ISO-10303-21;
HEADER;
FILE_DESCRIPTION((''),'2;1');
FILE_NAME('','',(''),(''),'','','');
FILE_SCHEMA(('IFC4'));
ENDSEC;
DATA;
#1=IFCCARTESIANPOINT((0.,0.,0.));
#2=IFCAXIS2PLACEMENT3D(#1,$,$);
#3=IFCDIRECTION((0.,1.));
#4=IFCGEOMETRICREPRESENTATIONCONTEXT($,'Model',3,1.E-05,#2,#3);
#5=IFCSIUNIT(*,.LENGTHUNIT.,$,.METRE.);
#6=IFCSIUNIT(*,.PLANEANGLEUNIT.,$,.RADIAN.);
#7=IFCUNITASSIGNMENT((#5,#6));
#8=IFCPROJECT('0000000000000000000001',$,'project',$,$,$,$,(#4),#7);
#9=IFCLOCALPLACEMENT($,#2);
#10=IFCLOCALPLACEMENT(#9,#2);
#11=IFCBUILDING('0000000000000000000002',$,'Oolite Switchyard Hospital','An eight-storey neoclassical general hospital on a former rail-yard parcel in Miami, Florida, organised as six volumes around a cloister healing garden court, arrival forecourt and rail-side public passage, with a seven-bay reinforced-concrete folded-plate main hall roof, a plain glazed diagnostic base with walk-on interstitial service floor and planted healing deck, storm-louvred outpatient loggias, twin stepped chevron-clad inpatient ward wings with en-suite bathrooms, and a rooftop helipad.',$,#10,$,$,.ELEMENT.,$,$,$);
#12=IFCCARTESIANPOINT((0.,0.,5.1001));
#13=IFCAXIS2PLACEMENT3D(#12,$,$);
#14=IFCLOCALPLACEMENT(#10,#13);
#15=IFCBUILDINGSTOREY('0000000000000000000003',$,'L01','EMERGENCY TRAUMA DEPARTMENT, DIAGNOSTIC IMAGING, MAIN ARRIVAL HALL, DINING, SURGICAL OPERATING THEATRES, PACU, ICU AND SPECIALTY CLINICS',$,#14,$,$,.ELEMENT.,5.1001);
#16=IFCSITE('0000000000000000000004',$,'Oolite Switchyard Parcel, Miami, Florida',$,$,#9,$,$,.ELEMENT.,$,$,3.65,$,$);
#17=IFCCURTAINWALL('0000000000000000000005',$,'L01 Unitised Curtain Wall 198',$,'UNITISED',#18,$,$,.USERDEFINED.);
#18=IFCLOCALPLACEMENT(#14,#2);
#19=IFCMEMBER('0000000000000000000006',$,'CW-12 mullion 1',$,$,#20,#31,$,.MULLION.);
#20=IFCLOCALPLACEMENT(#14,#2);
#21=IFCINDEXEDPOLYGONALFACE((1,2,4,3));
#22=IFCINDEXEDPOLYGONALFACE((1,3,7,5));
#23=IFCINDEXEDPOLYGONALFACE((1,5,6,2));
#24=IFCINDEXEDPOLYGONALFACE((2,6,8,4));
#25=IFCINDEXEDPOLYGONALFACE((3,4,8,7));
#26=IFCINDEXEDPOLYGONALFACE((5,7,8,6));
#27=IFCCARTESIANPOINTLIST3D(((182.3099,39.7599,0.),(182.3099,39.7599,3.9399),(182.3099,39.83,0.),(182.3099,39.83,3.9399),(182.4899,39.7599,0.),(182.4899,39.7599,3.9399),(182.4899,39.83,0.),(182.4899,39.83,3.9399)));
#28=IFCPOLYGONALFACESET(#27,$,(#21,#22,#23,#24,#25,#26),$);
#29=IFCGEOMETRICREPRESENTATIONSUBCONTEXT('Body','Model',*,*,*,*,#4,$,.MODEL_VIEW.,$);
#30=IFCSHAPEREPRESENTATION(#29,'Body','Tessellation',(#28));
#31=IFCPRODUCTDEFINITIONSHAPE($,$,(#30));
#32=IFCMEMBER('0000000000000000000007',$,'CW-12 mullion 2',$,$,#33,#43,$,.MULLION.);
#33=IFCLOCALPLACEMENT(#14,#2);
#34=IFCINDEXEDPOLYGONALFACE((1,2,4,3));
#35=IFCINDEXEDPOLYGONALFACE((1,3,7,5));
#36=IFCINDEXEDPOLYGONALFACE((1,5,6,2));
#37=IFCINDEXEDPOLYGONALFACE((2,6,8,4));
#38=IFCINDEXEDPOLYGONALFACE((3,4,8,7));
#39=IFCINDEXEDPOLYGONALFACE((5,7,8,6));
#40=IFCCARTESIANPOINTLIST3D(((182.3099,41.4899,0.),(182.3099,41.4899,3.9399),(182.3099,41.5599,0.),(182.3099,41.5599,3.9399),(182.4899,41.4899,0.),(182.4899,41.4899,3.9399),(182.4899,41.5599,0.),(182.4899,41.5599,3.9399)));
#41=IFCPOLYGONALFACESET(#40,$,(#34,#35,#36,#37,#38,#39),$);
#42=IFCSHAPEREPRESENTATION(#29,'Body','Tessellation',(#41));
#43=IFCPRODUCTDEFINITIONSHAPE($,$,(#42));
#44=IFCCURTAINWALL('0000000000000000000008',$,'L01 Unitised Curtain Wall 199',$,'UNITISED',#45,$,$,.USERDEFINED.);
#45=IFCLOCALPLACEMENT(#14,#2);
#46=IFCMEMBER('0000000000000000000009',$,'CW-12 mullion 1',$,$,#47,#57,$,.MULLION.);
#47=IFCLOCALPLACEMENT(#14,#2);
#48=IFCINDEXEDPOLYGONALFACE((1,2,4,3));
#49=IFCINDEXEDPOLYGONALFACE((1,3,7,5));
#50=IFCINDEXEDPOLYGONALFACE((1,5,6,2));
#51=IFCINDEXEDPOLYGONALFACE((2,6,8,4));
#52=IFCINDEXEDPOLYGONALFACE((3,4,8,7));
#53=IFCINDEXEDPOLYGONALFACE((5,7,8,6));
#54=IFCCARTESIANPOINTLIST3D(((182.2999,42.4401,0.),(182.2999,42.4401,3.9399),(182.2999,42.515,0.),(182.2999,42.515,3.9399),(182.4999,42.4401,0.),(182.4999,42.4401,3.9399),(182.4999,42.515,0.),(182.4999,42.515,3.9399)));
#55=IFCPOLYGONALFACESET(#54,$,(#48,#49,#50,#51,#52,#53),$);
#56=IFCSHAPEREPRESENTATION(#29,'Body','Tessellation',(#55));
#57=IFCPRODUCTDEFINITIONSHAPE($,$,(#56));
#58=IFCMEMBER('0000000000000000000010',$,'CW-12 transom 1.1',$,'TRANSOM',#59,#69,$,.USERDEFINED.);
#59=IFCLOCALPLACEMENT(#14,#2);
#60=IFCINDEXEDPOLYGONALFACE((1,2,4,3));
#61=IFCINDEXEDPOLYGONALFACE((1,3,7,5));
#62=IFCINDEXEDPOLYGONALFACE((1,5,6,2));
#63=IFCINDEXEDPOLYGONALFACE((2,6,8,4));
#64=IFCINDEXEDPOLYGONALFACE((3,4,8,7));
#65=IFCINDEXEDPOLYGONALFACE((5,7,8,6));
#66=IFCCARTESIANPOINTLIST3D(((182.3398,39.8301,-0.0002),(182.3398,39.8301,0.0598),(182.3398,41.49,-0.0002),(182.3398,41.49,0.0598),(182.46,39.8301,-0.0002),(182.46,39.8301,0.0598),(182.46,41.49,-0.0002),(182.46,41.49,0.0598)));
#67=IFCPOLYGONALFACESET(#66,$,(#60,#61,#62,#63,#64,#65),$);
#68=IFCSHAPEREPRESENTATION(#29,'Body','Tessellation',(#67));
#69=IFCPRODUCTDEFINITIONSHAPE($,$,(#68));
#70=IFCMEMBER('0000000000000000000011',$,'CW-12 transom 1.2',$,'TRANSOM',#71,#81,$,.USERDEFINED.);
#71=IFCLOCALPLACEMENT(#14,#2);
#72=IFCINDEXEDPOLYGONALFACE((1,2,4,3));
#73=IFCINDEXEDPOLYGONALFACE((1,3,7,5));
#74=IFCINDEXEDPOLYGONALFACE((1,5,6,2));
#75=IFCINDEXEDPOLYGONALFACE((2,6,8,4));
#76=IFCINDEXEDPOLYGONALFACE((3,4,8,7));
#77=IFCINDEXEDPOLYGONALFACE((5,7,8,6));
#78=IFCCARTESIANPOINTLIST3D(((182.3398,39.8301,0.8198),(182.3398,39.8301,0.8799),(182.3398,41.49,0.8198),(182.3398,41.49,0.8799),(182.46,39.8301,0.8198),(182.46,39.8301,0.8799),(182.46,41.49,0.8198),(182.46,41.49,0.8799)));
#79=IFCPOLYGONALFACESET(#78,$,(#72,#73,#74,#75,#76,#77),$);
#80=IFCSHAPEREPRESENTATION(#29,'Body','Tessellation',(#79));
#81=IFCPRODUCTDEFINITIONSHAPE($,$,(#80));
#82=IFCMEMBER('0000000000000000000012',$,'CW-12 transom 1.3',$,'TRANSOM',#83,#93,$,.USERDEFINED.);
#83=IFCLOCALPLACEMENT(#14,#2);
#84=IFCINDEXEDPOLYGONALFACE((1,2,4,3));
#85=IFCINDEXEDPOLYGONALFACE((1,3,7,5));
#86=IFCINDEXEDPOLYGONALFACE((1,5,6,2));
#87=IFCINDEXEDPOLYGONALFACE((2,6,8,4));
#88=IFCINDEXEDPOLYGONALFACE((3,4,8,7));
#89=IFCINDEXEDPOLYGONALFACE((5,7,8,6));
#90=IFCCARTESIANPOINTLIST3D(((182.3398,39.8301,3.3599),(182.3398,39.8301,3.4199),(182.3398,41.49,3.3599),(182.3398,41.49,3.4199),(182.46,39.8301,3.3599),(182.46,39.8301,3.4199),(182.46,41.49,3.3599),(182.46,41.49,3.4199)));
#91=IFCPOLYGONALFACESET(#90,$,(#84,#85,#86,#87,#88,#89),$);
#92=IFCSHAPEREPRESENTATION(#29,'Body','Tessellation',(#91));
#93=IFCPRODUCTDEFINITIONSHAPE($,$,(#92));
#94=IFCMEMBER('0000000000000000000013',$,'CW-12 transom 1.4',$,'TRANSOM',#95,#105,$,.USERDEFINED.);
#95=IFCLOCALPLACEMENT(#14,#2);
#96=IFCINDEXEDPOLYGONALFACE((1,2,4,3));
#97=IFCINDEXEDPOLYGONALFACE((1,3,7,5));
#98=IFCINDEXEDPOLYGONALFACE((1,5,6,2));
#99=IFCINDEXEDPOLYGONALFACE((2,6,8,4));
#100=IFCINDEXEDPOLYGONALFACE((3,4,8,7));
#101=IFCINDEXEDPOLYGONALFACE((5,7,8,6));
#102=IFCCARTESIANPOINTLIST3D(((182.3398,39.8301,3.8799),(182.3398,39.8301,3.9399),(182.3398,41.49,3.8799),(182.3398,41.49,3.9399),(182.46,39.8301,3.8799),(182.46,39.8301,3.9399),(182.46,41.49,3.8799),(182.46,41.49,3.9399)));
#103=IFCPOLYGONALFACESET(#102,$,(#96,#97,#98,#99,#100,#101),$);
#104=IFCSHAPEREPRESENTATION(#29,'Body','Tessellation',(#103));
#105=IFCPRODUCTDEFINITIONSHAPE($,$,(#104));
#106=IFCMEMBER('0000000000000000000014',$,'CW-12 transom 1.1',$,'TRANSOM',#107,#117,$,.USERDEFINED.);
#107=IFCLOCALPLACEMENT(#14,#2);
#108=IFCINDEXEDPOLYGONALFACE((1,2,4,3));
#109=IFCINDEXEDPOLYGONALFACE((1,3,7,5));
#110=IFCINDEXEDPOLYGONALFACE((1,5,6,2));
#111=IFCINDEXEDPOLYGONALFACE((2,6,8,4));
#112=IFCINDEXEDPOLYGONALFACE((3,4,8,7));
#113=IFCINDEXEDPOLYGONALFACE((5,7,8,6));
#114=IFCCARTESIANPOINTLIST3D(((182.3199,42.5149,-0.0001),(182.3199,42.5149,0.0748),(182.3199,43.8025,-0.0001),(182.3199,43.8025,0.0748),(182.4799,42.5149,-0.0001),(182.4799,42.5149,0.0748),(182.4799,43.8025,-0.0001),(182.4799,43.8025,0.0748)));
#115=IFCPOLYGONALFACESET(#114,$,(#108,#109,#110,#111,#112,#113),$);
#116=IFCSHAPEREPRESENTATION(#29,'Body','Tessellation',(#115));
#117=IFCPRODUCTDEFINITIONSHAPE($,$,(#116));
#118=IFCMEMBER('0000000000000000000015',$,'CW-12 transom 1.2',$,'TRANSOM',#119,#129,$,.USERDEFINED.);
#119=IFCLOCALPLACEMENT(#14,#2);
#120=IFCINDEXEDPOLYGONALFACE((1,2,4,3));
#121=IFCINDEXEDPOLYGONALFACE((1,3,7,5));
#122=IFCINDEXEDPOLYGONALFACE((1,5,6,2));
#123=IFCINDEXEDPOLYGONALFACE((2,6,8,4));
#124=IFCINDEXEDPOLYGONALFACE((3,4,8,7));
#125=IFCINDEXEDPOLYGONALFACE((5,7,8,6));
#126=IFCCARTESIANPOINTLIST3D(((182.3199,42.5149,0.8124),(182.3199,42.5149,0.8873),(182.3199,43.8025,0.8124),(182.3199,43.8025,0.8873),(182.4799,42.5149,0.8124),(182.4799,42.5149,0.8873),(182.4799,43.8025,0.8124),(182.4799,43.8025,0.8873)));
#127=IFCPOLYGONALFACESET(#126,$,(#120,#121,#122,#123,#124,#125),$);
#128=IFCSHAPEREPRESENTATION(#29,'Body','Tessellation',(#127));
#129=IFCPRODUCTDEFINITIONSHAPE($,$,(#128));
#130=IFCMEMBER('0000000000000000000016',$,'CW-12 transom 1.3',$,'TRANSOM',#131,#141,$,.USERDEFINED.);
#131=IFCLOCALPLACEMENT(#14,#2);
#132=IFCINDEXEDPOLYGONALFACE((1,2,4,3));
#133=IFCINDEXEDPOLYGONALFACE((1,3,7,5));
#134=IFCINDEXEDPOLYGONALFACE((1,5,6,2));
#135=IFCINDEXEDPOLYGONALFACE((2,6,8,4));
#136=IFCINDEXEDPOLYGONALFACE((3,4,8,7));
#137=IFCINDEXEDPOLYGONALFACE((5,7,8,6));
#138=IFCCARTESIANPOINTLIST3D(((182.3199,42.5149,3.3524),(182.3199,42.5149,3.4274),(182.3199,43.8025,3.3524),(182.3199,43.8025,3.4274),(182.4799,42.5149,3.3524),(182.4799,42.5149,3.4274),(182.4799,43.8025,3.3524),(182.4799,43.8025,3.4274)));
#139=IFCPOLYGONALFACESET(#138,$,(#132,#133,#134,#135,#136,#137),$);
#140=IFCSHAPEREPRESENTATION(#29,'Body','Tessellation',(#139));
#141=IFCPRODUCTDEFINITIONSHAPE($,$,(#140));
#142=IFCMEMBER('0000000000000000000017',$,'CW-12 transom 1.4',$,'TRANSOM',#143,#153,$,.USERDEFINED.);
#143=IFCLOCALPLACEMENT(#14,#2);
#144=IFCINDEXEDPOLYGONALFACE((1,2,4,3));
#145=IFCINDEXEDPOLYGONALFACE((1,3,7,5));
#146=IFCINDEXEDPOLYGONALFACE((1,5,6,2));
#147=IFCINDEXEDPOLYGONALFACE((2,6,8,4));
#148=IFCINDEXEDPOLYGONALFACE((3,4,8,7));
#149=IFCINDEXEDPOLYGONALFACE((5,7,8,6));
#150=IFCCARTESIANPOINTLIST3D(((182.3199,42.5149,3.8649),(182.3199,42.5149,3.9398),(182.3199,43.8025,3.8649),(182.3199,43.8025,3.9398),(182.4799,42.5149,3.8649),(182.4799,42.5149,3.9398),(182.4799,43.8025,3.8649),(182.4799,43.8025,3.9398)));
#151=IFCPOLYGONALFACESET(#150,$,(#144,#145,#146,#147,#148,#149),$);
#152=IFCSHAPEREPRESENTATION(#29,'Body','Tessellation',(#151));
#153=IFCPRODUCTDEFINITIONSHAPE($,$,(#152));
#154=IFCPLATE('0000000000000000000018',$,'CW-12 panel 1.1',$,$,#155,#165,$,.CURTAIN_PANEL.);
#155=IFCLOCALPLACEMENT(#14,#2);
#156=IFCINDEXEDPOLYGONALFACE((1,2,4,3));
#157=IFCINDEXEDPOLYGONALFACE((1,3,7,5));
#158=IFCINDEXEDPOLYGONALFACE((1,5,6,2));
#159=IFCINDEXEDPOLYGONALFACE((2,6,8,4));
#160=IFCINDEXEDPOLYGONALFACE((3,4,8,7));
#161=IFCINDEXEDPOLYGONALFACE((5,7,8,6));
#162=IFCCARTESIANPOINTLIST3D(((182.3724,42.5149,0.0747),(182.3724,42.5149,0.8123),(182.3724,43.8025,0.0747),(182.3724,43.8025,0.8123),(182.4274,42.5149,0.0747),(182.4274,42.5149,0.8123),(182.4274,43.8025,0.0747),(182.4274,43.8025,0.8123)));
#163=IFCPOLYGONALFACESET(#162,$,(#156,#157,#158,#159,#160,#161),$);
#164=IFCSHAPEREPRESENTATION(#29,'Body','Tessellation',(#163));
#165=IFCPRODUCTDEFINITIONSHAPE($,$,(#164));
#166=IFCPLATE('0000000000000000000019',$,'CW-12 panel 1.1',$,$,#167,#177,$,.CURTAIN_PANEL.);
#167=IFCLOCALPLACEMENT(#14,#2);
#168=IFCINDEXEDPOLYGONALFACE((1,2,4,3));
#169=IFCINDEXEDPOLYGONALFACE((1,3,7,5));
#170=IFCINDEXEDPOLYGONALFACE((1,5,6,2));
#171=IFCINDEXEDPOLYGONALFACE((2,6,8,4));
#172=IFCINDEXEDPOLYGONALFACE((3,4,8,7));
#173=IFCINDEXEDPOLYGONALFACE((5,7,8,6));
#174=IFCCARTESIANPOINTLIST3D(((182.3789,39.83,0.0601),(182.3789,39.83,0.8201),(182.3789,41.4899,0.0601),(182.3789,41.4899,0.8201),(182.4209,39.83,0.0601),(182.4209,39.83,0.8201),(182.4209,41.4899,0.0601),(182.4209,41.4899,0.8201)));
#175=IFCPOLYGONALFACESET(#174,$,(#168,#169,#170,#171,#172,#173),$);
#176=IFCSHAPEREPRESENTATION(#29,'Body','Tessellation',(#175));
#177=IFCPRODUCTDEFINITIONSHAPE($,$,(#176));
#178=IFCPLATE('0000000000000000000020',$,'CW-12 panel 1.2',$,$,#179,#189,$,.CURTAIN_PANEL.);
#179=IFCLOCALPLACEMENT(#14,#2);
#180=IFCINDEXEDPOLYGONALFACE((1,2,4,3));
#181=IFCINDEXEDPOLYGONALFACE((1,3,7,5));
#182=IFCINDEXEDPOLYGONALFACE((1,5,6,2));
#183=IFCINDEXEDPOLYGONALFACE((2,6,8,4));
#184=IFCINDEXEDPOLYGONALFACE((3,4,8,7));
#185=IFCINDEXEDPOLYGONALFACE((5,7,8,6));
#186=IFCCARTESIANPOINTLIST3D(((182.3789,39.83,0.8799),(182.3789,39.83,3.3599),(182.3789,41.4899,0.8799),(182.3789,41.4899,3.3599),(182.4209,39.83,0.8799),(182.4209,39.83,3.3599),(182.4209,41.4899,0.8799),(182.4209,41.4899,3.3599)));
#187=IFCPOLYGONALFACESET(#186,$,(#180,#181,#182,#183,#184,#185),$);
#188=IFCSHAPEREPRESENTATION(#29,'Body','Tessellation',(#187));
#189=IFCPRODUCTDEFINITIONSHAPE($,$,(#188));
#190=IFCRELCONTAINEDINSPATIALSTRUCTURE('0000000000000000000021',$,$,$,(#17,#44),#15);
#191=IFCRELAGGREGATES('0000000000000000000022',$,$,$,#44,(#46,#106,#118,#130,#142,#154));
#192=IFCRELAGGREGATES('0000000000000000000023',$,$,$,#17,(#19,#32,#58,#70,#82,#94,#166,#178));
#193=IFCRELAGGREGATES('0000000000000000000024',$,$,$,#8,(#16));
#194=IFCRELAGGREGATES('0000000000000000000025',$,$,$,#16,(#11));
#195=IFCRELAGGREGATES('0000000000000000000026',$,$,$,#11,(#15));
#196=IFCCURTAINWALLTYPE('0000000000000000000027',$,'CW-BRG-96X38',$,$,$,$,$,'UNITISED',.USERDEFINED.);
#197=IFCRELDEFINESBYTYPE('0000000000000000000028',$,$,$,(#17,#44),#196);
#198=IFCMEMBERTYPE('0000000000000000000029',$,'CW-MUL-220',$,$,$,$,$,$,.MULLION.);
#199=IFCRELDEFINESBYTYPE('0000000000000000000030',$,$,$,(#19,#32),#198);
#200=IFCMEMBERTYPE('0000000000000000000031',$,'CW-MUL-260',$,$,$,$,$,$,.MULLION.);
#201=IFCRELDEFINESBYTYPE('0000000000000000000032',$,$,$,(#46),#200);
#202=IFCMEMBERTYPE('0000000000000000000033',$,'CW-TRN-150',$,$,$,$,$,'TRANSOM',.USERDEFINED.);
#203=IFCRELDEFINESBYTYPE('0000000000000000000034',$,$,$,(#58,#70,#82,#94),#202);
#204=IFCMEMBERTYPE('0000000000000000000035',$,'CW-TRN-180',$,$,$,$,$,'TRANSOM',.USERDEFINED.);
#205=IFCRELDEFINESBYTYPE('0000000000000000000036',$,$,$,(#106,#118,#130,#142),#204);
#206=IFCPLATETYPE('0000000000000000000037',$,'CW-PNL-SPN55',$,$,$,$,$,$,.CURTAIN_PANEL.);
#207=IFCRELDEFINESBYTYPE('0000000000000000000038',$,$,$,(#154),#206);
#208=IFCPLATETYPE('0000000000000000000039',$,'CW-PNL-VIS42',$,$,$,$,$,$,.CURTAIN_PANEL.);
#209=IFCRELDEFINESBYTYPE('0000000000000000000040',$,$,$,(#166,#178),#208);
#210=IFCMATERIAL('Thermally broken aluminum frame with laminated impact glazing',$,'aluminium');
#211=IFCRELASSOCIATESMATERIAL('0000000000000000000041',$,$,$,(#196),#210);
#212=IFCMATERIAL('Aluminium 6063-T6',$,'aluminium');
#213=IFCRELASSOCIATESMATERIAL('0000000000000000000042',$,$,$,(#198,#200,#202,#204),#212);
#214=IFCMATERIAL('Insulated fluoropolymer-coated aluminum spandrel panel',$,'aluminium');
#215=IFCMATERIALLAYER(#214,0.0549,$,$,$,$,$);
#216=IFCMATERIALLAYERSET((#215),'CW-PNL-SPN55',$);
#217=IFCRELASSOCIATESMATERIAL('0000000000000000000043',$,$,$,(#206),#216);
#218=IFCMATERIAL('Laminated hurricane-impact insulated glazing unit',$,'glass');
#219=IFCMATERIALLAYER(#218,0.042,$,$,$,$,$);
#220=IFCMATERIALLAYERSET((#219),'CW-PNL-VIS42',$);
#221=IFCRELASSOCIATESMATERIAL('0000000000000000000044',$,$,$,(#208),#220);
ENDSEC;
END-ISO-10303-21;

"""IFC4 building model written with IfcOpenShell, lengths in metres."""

from ifc_helpers import new_model, si_unit, direction, frame, origin, origin_2d, place, context, subcontext, project, spatial, rectangle, extrude, material, layer, layer_set, material_profile, profile_set, type_object, element, aggregate, save


model = new_model("IFC4")

# Units and contexts
model_context = context("Model", 3, precision=1e-05, world=origin(), true_north=direction((0.0, 1.0)))
body_context = subcontext(model_context, "Body", "Model", "MODEL_VIEW")
ifc_project = project(units=[si_unit("LENGTHUNIT", "METRE"), si_unit("PLANEANGLEUNIT", "RADIAN")], contexts=[model_context])

# Site, building, storey
site_placement = place(None, origin())
site = spatial("IfcSite", under=ifc_project, at=site_placement, Name="Oolite Switchyard Parcel, Miami, Florida", CompositionType="ELEMENT", RefElevation=3.65)
building_placement = place(site_placement, origin())
building = spatial("IfcBuilding", under=site, at=building_placement, Name="Oolite Switchyard Hospital", Description="An eight-storey neoclassical general hospital on a former rail-yard parcel in Miami, Florida, organised as six volumes around a cloister healing garden court, arrival forecourt and rail-side public passage, with a seven-bay reinforced-concrete folded-plate main hall roof, a plain glazed diagnostic base with walk-on interstitial service floor and planted healing deck, storm-louvred outpatient loggias, twin stepped chevron-clad inpatient ward wings with en-suite bathrooms, and a rooftop helipad.", CompositionType="ELEMENT")
storey_placement = place(building_placement, frame((0.0, 0.0, 5.1001)))
storey = spatial("IfcBuildingStorey", under=building, at=storey_placement, Name="L01", Description="EMERGENCY TRAUMA DEPARTMENT, DIAGNOSTIC IMAGING, MAIN ARRIVAL HALL, DINING, SURGICAL OPERATING THEATRES, PACU, ICU AND SPECIALTY CLINICS", CompositionType="ELEMENT", Elevation=5.1001)

# Curtain wall, members
ifc_material_1 = material(Name="Thermally broken aluminum frame with laminated impact glazing", Category="aluminium")
curtain_wall_type = type_object("IfcCurtainWallType", Name="CW-BRG-96X38", ElementType="UNITISED", PredefinedType="USERDEFINED", material=ifc_material_1)
curtain_wall_1_placement = place(storey_placement, origin())
curtain_wall_1 = element("IfcCurtainWall", 1, at=curtain_wall_1_placement, inside=storey, type_object=curtain_wall_type, Name="L01 Unitised Curtain Wall 198", ObjectType="UNITISED", PredefinedType="USERDEFINED")
ifc_material_2 = material(Name="Aluminium 6063-T6", Category="aluminium")
ifc_material_profile_1 = material_profile(ifc_material_2, rectangle(XDim=0.1799, YDim=0.0701, at=origin_2d()), Name="CWM70X180")
ifc_profile_set_1 = profile_set([ifc_material_profile_1], Name="Aluminium 6063-T6")
member_type_1 = type_object("IfcMemberType", Name="CW-MUL-220", PredefinedType="MULLION", material=ifc_profile_set_1)
member_1_placement = place(storey_placement, frame((182.3999, 39.7949, 0.0), z_axis=(0.0, 0.0, 1.0), x_axis=(-1.0, 0.0, 0.0)))
member_1 = element("IfcMember", 2, at=member_1_placement, type_object=member_type_1, Name="CW-12 mullion 1", PredefinedType="MULLION", context=body_context, shape_type="SweptSolid", body=[
    extrude(rectangle(XDim=0.1799, YDim=0.0701, at=origin_2d()), origin(), (0.0, 0.0, 1.0), 3.9399),
])
member_2_placement = place(storey_placement, frame((182.3999, 41.5249, 0.0), z_axis=(0.0, 0.0, 1.0), x_axis=(-1.0, 0.0, 0.0)))
member_2 = element("IfcMember", 3, at=member_2_placement, type_object=member_type_1, Name="CW-12 mullion 2", PredefinedType="MULLION", context=body_context, shape_type="SweptSolid", body=[
    extrude(rectangle(XDim=0.1799, YDim=0.0701, at=origin_2d()), origin(), (0.0, 0.0, 1.0), 3.9399),
])

# Curtain wall, member
curtain_wall_2_placement = place(storey_placement, origin())
curtain_wall_2 = element("IfcCurtainWall", 4, at=curtain_wall_2_placement, inside=storey, type_object=curtain_wall_type, Name="L01 Unitised Curtain Wall 199", ObjectType="UNITISED", PredefinedType="USERDEFINED")
ifc_material_profile_2 = material_profile(ifc_material_2, rectangle(XDim=0.2, YDim=0.075, at=origin_2d()), Name="CWM75X200")
ifc_profile_set_2 = profile_set([ifc_material_profile_2], Name="Aluminium 6063-T6")
member_type_2 = type_object("IfcMemberType", Name="CW-MUL-260", PredefinedType="MULLION", material=ifc_profile_set_2)
member_3_placement = place(storey_placement, frame((182.3999, 42.4775, 0.0), z_axis=(0.0, 0.0, 1.0), x_axis=(-1.0, 0.0, 0.0)))
member_3 = element("IfcMember", 5, at=member_3_placement, type_object=member_type_2, Name="CW-12 mullion 1", PredefinedType="MULLION", context=body_context, shape_type="SweptSolid", body=[
    extrude(rectangle(XDim=0.2, YDim=0.075, at=origin_2d()), origin(), (0.0, 0.0, 1.0), 3.9399),
])

# Members
ifc_material_profile_3 = material_profile(ifc_material_2, rectangle(XDim=0.1201, YDim=0.0601, at=origin_2d()), Name="CWT60X120")
ifc_profile_set_3 = profile_set([ifc_material_profile_3], Name="Aluminium 6063-T6")
member_type_3 = type_object("IfcMemberType", Name="CW-TRN-150", ElementType="TRANSOM", PredefinedType="USERDEFINED", material=ifc_profile_set_3)
member_4_placement = place(storey_placement, frame((182.3999, 39.8301, 0.0298), z_axis=(0.0, 1.0, 0.0), x_axis=(-1.0, 0.0, 0.0)))
member_4 = element("IfcMember", 6, at=member_4_placement, type_object=member_type_3, Name="CW-12 transom 1.1", ObjectType="TRANSOM", PredefinedType="USERDEFINED", context=body_context, shape_type="SweptSolid", body=[
    extrude(rectangle(XDim=0.1201, YDim=0.0601, at=origin_2d()), origin(), (0.0, 0.0, 1.0), 1.6599),
])
member_5_placement = place(storey_placement, frame((182.3999, 39.8301, 0.8499), z_axis=(0.0, 1.0, 0.0), x_axis=(-1.0, 0.0, 0.0)))
member_5 = element("IfcMember", 7, at=member_5_placement, type_object=member_type_3, Name="CW-12 transom 1.2", ObjectType="TRANSOM", PredefinedType="USERDEFINED", context=body_context, shape_type="SweptSolid", body=[
    extrude(rectangle(XDim=0.1201, YDim=0.0601, at=origin_2d()), origin(), (0.0, 0.0, 1.0), 1.6599),
])
member_6_placement = place(storey_placement, frame((182.3999, 39.8301, 3.3899), z_axis=(0.0, 1.0, 0.0), x_axis=(-1.0, 0.0, 0.0)))
member_6 = element("IfcMember", 8, at=member_6_placement, type_object=member_type_3, Name="CW-12 transom 1.3", ObjectType="TRANSOM", PredefinedType="USERDEFINED", context=body_context, shape_type="SweptSolid", body=[
    extrude(rectangle(XDim=0.1201, YDim=0.0601, at=origin_2d()), origin(), (0.0, 0.0, 1.0), 1.6599),
])
member_7_placement = place(storey_placement, frame((182.3999, 39.8301, 3.9099), z_axis=(0.0, 1.0, 0.0), x_axis=(-1.0, 0.0, 0.0)))
member_7 = element("IfcMember", 9, at=member_7_placement, type_object=member_type_3, Name="CW-12 transom 1.4", ObjectType="TRANSOM", PredefinedType="USERDEFINED", context=body_context, shape_type="SweptSolid", body=[
    extrude(rectangle(XDim=0.1201, YDim=0.0601, at=origin_2d()), origin(), (0.0, 0.0, 1.0), 1.6599),
])
ifc_material_profile_4 = material_profile(ifc_material_2, rectangle(XDim=0.1599, YDim=0.075, at=origin_2d()), Name="CWT75X160")
ifc_profile_set_4 = profile_set([ifc_material_profile_4], Name="Aluminium 6063-T6")
member_type_4 = type_object("IfcMemberType", Name="CW-TRN-180", ElementType="TRANSOM", PredefinedType="USERDEFINED", material=ifc_profile_set_4)
member_8_placement = place(storey_placement, frame((182.3999, 42.5149, 0.0374), z_axis=(0.0, 1.0, 0.0), x_axis=(-1.0, 0.0, 0.0)))
member_8 = element("IfcMember", 10, at=member_8_placement, type_object=member_type_4, Name="CW-12 transom 1.1", ObjectType="TRANSOM", PredefinedType="USERDEFINED", context=body_context, shape_type="SweptSolid", body=[
    extrude(rectangle(XDim=0.1599, YDim=0.075, at=origin_2d()), origin(), (0.0, 0.0, 1.0), 1.2876),
])
member_9_placement = place(storey_placement, frame((182.3999, 42.5149, 0.8499), z_axis=(0.0, 1.0, 0.0), x_axis=(-1.0, 0.0, 0.0)))
member_9 = element("IfcMember", 11, at=member_9_placement, type_object=member_type_4, Name="CW-12 transom 1.2", ObjectType="TRANSOM", PredefinedType="USERDEFINED", context=body_context, shape_type="SweptSolid", body=[
    extrude(rectangle(XDim=0.1599, YDim=0.075, at=origin_2d()), origin(), (0.0, 0.0, 1.0), 1.2876),
])
member_10_placement = place(storey_placement, frame((182.3999, 42.5149, 3.3899), z_axis=(0.0, 1.0, 0.0), x_axis=(-1.0, 0.0, 0.0)))
member_10 = element("IfcMember", 12, at=member_10_placement, type_object=member_type_4, Name="CW-12 transom 1.3", ObjectType="TRANSOM", PredefinedType="USERDEFINED", context=body_context, shape_type="SweptSolid", body=[
    extrude(rectangle(XDim=0.1599, YDim=0.075, at=origin_2d()), origin(), (0.0, 0.0, 1.0), 1.2876),
])
member_11_placement = place(storey_placement, frame((182.3999, 42.5149, 3.9023), z_axis=(0.0, 1.0, 0.0), x_axis=(-1.0, 0.0, 0.0)))
member_11 = element("IfcMember", 13, at=member_11_placement, type_object=member_type_4, Name="CW-12 transom 1.4", ObjectType="TRANSOM", PredefinedType="USERDEFINED", context=body_context, shape_type="SweptSolid", body=[
    extrude(rectangle(XDim=0.1599, YDim=0.075, at=origin_2d()), origin(), (0.0, 0.0, 1.0), 1.2876),
])

# Plates
ifc_material_3 = material(Name="Insulated fluoropolymer-coated aluminum spandrel panel", Category="aluminium")
ifc_layer_1 = layer(ifc_material_3, 0.0549)
ifc_layer_set_1 = layer_set([ifc_layer_1], Name="CW-PNL-SPN55")
plate_type_1 = type_object("IfcPlateType", Name="CW-PNL-SPN55", PredefinedType="CURTAIN_PANEL", material=ifc_layer_set_1)
plate_1_placement = place(storey_placement, frame((182.3999, 43.1587, 0.0747), z_axis=(0.0, 0.0, 1.0), x_axis=(0.0, 1.0, 0.0)))
plate_1 = element("IfcPlate", 14, at=plate_1_placement, type_object=plate_type_1, Name="CW-12 panel 1.1", PredefinedType="CURTAIN_PANEL", context=body_context, shape_type="SweptSolid", body=[
    extrude(rectangle(XDim=1.2876, YDim=0.0549, at=origin_2d()), origin(), (0.0, 0.0, 1.0), 0.7375),
])
aggregate(curtain_wall_2, [member_3, member_8, member_9, member_10, member_11, plate_1])
ifc_material_4 = material(Name="Laminated hurricane-impact insulated glazing unit", Category="glass")
ifc_layer_2 = layer(ifc_material_4, 0.042)
ifc_layer_set_2 = layer_set([ifc_layer_2], Name="CW-PNL-VIS42")
plate_type_2 = type_object("IfcPlateType", Name="CW-PNL-VIS42", PredefinedType="CURTAIN_PANEL", material=ifc_layer_set_2)
plate_2_placement = place(storey_placement, frame((182.3999, 40.6599, 0.0601), z_axis=(0.0, 0.0, 1.0), x_axis=(0.0, 1.0, 0.0)))
plate_2 = element("IfcPlate", 15, at=plate_2_placement, type_object=plate_type_2, Name="CW-12 panel 1.1", PredefinedType="CURTAIN_PANEL", context=body_context, shape_type="SweptSolid", body=[
    extrude(rectangle(XDim=1.6599, YDim=0.042, at=origin_2d()), origin(), (0.0, 0.0, 1.0), 0.76),
])
plate_3_placement = place(storey_placement, frame((182.3999, 40.6599, 0.8799), z_axis=(0.0, 0.0, 1.0), x_axis=(0.0, 1.0, 0.0)))
plate_3 = element("IfcPlate", 16, at=plate_3_placement, type_object=plate_type_2, Name="CW-12 panel 1.2", PredefinedType="CURTAIN_PANEL", context=body_context, shape_type="SweptSolid", body=[
    extrude(rectangle(XDim=1.6599, YDim=0.042, at=origin_2d()), origin(), (0.0, 0.0, 1.0), 2.48),
])
aggregate(curtain_wall_1, [member_1, member_2, member_4, member_5, member_6, member_7, plate_2, plate_3])

save(model, "model.ifc")
